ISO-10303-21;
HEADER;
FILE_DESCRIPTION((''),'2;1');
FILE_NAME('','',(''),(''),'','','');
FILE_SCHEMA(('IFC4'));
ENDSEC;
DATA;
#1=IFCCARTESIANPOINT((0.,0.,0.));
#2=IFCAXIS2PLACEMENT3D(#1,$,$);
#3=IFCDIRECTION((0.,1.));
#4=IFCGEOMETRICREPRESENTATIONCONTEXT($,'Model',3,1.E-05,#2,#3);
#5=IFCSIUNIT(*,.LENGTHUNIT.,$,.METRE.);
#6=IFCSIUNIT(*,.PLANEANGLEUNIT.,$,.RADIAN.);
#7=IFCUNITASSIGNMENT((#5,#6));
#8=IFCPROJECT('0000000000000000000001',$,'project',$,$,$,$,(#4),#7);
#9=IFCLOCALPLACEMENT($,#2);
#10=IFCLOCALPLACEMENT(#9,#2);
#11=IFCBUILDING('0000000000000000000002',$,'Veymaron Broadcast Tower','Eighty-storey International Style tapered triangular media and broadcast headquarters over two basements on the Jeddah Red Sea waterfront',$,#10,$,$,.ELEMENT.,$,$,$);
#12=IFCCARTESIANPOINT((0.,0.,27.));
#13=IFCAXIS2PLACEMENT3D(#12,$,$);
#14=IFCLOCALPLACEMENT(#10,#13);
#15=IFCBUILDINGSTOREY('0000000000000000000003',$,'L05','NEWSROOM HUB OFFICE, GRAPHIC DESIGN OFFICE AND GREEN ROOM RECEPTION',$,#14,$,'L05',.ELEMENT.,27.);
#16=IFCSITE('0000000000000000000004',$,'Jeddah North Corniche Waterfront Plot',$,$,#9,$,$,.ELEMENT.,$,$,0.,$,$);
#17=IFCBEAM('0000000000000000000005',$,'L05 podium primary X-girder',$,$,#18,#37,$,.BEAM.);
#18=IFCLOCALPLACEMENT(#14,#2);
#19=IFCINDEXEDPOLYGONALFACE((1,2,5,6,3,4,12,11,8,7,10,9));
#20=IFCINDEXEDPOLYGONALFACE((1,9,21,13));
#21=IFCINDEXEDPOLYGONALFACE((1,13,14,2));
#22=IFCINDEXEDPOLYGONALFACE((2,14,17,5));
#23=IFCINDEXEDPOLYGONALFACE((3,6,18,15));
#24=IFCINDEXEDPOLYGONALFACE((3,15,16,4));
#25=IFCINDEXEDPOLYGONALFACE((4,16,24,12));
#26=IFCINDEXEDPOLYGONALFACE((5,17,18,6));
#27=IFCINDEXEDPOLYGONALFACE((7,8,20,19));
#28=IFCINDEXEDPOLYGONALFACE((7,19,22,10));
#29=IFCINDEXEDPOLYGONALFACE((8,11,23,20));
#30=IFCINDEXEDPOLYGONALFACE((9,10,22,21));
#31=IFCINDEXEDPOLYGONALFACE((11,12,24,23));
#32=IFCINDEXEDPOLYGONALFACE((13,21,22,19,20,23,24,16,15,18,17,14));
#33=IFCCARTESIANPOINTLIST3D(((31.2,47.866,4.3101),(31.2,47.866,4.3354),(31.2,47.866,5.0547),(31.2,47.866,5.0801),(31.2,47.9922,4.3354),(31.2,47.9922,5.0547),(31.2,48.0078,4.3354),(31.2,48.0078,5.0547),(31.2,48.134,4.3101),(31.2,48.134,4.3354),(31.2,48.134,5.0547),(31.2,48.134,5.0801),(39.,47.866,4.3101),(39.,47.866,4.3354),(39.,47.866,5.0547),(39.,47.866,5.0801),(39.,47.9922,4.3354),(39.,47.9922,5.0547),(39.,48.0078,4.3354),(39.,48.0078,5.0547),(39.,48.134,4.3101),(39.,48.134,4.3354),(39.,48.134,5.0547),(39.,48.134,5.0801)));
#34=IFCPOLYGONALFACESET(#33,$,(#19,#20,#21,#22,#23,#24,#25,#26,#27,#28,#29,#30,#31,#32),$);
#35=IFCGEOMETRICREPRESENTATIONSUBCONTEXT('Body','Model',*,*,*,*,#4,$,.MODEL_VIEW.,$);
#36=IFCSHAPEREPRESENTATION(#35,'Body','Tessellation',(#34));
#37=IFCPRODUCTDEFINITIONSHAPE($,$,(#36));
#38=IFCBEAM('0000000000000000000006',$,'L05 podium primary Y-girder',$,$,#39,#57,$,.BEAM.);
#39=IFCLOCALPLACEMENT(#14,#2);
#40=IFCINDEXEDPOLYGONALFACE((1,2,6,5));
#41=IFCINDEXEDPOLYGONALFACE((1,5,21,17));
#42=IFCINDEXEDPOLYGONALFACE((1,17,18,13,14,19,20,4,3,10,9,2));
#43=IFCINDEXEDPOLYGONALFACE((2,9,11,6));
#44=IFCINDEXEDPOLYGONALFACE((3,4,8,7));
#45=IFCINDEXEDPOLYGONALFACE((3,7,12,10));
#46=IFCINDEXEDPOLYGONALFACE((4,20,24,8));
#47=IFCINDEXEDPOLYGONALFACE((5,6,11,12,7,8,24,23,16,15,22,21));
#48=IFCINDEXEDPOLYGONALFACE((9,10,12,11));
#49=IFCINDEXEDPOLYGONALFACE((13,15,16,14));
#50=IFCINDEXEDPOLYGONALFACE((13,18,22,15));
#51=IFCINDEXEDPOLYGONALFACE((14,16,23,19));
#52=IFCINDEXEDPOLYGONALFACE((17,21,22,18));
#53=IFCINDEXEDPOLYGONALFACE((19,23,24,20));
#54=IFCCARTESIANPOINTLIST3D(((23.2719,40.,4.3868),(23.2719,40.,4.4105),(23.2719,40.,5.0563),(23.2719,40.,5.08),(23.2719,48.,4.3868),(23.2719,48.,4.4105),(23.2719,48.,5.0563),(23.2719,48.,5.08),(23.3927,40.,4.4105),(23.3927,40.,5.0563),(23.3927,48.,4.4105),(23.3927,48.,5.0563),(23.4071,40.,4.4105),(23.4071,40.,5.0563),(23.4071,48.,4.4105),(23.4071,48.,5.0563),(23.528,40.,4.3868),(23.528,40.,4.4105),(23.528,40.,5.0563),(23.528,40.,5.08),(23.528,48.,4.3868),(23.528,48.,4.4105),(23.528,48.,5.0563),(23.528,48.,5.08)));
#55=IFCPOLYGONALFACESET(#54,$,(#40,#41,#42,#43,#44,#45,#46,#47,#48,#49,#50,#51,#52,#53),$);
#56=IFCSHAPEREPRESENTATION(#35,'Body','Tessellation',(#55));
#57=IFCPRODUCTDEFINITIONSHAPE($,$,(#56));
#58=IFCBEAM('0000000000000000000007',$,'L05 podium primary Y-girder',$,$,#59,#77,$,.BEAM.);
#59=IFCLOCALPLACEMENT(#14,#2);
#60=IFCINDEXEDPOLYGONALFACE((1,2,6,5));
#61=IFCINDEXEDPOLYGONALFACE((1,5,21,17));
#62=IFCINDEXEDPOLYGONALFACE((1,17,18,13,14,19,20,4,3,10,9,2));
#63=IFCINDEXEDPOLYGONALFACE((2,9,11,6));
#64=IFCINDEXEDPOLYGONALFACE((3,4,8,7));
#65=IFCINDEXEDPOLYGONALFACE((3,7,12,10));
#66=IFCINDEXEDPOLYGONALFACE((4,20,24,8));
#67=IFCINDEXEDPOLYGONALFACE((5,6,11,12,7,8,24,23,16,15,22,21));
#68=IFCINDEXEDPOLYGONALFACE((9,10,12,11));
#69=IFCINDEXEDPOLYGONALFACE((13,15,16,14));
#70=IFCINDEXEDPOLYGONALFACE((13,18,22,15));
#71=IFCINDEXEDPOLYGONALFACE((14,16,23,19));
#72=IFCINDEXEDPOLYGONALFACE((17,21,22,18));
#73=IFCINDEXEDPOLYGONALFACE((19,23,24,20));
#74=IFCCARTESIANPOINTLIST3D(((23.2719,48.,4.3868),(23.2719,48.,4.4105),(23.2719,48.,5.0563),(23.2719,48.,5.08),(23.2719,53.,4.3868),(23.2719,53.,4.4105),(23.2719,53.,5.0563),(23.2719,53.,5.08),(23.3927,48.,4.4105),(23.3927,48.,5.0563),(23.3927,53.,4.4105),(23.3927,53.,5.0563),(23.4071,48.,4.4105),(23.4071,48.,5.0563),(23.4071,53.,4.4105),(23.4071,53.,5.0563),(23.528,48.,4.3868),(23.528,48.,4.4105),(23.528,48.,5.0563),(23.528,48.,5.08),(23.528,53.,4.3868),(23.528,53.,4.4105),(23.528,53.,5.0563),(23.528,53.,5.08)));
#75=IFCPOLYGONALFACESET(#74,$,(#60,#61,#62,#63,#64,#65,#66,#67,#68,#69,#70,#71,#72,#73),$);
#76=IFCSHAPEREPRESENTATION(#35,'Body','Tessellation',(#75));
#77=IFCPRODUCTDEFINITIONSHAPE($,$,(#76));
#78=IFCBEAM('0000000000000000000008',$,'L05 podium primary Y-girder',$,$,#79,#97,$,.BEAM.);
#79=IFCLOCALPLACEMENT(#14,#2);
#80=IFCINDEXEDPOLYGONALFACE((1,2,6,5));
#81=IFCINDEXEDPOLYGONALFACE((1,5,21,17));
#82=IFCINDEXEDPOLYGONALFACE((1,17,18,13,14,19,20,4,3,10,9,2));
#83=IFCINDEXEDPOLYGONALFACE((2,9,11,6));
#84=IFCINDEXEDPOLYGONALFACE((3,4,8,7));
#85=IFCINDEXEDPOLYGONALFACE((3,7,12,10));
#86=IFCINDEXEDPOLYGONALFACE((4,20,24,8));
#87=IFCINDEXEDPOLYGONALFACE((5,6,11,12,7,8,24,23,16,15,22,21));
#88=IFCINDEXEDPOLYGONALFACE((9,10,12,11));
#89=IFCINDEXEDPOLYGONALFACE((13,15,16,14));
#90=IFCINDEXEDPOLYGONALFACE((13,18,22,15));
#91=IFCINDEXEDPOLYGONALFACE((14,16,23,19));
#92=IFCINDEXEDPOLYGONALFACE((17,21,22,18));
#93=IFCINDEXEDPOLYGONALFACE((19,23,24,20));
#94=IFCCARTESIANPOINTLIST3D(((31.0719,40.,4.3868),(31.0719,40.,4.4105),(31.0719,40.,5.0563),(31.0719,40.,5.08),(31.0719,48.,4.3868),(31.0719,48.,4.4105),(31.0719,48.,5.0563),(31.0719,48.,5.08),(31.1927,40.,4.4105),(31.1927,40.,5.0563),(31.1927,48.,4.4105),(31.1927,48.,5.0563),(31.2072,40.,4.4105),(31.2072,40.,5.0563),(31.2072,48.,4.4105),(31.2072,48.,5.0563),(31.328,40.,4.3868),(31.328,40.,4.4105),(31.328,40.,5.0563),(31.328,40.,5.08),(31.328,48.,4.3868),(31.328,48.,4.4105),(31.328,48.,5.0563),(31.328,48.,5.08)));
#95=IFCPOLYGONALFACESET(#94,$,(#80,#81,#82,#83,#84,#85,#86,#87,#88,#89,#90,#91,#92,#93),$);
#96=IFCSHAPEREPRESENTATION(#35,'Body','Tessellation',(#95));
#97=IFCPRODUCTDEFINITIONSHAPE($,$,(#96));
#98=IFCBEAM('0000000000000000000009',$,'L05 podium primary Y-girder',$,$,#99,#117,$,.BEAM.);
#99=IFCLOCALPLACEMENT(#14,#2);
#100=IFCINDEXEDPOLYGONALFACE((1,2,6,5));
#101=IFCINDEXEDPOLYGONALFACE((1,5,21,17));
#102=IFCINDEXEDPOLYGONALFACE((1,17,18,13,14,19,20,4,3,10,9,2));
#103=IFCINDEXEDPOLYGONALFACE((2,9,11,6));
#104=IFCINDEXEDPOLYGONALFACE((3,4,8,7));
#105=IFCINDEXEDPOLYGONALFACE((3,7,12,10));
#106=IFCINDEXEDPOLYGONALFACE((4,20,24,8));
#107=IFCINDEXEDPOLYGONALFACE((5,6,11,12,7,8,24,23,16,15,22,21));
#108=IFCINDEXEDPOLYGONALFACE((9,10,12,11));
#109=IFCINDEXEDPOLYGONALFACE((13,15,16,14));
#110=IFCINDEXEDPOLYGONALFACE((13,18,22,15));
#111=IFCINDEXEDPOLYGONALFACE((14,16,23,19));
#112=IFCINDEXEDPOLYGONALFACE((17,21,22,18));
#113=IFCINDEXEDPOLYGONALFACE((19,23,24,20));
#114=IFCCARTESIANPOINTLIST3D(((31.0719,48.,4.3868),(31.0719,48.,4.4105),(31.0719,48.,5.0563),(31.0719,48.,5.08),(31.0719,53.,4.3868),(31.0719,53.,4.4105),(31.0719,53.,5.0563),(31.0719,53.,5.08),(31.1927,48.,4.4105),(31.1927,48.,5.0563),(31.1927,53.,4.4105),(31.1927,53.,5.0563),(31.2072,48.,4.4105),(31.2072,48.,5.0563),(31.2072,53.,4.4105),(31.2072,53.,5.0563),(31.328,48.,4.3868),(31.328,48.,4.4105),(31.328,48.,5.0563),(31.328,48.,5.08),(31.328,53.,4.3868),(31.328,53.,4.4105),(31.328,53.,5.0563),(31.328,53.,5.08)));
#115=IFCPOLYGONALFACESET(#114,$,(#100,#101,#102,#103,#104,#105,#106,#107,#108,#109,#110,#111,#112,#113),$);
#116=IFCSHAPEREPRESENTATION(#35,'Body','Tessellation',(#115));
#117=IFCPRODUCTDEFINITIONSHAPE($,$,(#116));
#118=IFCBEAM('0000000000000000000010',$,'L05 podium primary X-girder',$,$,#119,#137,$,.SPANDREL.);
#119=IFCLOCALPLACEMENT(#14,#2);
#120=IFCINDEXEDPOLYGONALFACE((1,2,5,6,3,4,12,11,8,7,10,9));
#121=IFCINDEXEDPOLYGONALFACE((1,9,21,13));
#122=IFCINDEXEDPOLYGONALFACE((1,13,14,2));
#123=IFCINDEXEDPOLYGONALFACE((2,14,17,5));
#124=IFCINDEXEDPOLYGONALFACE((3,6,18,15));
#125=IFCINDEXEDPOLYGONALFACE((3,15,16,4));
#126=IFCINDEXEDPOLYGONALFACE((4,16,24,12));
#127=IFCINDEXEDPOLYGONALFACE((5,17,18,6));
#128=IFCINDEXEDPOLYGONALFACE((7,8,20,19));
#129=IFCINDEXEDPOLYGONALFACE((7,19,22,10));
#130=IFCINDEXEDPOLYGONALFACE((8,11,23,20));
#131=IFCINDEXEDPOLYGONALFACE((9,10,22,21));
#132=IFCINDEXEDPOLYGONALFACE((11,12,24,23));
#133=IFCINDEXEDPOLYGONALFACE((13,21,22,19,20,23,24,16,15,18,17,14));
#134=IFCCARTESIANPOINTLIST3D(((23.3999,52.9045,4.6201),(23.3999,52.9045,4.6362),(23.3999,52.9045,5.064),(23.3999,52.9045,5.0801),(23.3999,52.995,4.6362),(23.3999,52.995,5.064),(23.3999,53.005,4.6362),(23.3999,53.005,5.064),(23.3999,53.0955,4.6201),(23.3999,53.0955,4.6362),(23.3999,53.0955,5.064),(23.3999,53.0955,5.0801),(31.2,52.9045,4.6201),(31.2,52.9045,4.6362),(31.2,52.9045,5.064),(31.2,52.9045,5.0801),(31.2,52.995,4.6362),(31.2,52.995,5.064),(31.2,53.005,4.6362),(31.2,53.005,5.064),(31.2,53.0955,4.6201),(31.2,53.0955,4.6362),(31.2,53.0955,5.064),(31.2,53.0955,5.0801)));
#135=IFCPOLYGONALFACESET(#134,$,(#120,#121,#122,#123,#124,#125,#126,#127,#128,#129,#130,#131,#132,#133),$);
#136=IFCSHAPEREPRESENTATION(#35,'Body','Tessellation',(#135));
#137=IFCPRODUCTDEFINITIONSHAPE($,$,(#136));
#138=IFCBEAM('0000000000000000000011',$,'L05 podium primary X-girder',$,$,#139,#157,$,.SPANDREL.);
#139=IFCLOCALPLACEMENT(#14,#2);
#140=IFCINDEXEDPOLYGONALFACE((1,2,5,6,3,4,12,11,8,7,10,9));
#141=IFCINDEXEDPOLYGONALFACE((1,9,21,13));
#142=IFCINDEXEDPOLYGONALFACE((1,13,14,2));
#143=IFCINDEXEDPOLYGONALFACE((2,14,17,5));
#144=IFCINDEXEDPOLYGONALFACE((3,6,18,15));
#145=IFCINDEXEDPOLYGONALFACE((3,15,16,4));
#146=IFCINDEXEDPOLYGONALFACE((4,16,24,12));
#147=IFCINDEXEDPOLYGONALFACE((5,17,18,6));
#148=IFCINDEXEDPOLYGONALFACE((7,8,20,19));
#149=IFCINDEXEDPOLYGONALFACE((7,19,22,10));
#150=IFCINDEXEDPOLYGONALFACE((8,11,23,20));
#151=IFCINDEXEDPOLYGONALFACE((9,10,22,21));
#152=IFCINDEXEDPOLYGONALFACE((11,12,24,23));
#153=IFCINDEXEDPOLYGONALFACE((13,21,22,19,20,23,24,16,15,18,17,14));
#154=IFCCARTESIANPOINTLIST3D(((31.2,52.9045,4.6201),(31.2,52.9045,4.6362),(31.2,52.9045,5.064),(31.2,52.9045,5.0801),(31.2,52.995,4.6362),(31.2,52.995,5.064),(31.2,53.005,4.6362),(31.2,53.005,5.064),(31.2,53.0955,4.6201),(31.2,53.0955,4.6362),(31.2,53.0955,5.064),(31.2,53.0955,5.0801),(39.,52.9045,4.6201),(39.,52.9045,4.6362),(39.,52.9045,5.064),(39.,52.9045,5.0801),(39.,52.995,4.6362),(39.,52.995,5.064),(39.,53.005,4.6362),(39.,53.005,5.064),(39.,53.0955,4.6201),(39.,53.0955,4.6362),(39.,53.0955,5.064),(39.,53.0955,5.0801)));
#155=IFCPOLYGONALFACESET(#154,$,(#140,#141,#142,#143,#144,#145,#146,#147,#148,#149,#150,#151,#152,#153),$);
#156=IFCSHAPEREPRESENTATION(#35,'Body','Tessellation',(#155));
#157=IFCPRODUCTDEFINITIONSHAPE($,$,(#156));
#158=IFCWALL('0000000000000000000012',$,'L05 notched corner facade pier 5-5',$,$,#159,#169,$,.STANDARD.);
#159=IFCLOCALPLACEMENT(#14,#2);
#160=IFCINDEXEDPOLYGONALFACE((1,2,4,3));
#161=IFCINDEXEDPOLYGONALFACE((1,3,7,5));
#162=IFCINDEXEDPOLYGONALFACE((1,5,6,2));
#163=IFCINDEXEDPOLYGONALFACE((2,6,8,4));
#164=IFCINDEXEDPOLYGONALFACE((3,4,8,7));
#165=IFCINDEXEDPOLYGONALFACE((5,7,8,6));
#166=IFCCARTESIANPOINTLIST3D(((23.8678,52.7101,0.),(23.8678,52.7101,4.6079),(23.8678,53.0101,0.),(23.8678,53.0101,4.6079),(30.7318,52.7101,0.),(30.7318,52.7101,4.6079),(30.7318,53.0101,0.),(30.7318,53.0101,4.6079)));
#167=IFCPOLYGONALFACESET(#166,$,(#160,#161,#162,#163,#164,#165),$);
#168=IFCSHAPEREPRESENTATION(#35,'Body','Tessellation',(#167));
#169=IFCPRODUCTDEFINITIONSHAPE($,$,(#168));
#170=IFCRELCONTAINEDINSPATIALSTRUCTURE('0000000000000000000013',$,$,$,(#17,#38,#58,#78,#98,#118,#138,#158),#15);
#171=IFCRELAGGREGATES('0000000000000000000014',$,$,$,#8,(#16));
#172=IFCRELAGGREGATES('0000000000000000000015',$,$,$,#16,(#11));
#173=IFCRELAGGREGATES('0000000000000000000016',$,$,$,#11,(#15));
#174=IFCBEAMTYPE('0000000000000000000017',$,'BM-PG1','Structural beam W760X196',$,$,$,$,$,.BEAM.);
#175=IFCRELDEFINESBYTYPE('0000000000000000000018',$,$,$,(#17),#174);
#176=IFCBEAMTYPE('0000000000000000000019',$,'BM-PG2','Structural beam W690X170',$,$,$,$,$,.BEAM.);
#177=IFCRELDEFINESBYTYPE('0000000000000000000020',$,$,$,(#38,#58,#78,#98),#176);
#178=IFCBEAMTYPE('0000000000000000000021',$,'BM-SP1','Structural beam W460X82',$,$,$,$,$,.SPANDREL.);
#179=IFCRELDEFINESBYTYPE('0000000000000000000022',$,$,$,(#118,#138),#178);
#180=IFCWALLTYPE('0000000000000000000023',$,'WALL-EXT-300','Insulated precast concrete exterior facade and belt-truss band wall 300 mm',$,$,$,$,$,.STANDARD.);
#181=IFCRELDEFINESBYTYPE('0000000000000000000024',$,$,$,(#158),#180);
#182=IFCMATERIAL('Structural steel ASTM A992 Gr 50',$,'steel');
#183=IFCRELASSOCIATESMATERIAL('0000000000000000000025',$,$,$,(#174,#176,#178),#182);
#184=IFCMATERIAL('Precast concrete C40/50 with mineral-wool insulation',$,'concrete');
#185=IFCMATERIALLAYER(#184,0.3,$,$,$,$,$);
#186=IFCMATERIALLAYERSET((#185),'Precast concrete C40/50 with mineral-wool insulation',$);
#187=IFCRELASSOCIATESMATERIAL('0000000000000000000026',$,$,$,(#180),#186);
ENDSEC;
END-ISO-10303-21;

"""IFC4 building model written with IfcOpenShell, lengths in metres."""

from ifc_helpers import new_model, si_unit, direction, frame, frame_2d, origin, origin_2d, place, context, subcontext, project, spatial, rectangle, i_section, extrude, material, layer, layer_set, material_profile, profile_set, type_object, element, save


model = new_model("IFC4")

# Units and contexts
model_context = context("Model", 3, precision=1e-05, world=origin(), true_north=direction((0.0, 1.0)))
body_context = subcontext(model_context, "Body", "Model", "MODEL_VIEW")
ifc_project = project(units=[si_unit("LENGTHUNIT", "METRE"), si_unit("PLANEANGLEUNIT", "RADIAN")], contexts=[model_context])

# Site, building, storey
site_placement = place(None, origin())
site = spatial("IfcSite", under=ifc_project, at=site_placement, Name="Jeddah North Corniche Waterfront Plot", CompositionType="ELEMENT", RefElevation=0.0)
building_placement = place(site_placement, origin())
building = spatial("IfcBuilding", under=site, at=building_placement, Name="Veymaron Broadcast Tower", Description="Eighty-storey International Style tapered triangular media and broadcast headquarters over two basements on the Jeddah Red Sea waterfront", CompositionType="ELEMENT")
storey_placement = place(building_placement, frame((0.0, 0.0, 27.0)))
storey = spatial("IfcBuildingStorey", under=building, at=storey_placement, Name="L05", Description="NEWSROOM HUB OFFICE, GRAPHIC DESIGN OFFICE AND GREEN ROOM RECEPTION", LongName="L05", CompositionType="ELEMENT", Elevation=27.0)

# Beams
ifc_material_1 = material(Name="Structural steel ASTM A992 Gr 50", Category="steel")
ifc_material_profile_1 = material_profile(ifc_material_1, i_section(OverallWidth=0.2681, OverallDepth=0.77, WebThickness=0.0156, FlangeThickness=0.0254, at=origin_2d()), Name="W760X196")
ifc_profile_set_1 = profile_set([ifc_material_profile_1], Name="Structural steel ASTM A992 Gr 50")
beam_type_1 = type_object("IfcBeamType", Name="BM-PG1", Description="Structural beam W760X196", PredefinedType="BEAM", material=ifc_profile_set_1)
for number, where, z_axis, x_axis, name in (
    (1, (31.2, 48.0, 4.6951), (1.0, 0.0, 0.0), (0.0, 1.0, 0.0), "L05 podium primary X-girder"),
):
    element("IfcBeam", number, at=place(storey_placement, frame(where, z_axis=z_axis, x_axis=x_axis)), inside=storey, type_object=beam_type_1, Name=name, PredefinedType="BEAM", context=body_context, shape_type="SweptSolid", body=[
        extrude(i_section(OverallWidth=0.2681, OverallDepth=0.77, WebThickness=0.0156, FlangeThickness=0.0254, at=origin_2d()), origin(), (0.0, 0.0, 1.0), 7.8),
    ])
ifc_material_profile_2 = material_profile(ifc_material_1, i_section(OverallWidth=0.2561, OverallDepth=0.6931, WebThickness=0.0144, FlangeThickness=0.0237, at=origin_2d()), Name="W690X170")
ifc_profile_set_2 = profile_set([ifc_material_profile_2], Name="Structural steel ASTM A992 Gr 50")
beam_type_2 = type_object("IfcBeamType", Name="BM-PG2", Description="Structural beam W690X170", PredefinedType="BEAM", material=ifc_profile_set_2)
beam_1_placement = place(storey_placement, frame((23.3999, 40.0, 4.7334), z_axis=(0.0, 1.0, 0.0), x_axis=(-1.0, 0.0, 0.0)))
element("IfcBeam", 2, at=beam_1_placement, inside=storey, type_object=beam_type_2, Name="L05 podium primary Y-girder", PredefinedType="BEAM", context=body_context, shape_type="SweptSolid", body=[
    extrude(i_section(OverallWidth=0.2561, OverallDepth=0.6931, WebThickness=0.0144, FlangeThickness=0.0237, at=origin_2d()), origin(), (0.0, 0.0, 1.0), 8.0),
])
beam_2_placement = place(storey_placement, frame((23.3999, 48.0, 4.7334), z_axis=(0.0, 1.0, 0.0), x_axis=(-1.0, 0.0, 0.0)))
element("IfcBeam", 3, at=beam_2_placement, inside=storey, type_object=beam_type_2, Name="L05 podium primary Y-girder", PredefinedType="BEAM", context=body_context, shape_type="SweptSolid", body=[
    extrude(i_section(OverallWidth=0.2561, OverallDepth=0.6931, WebThickness=0.0144, FlangeThickness=0.0237, at=origin_2d()), origin(), (0.0, 0.0, 1.0), 5.0),
])
beam_3_placement = place(storey_placement, frame((31.2, 40.0, 4.7334), z_axis=(0.0, 1.0, 0.0), x_axis=(-1.0, 0.0, 0.0)))
element("IfcBeam", 4, at=beam_3_placement, inside=storey, type_object=beam_type_2, Name="L05 podium primary Y-girder", PredefinedType="BEAM", context=body_context, shape_type="SweptSolid", body=[
    extrude(i_section(OverallWidth=0.2561, OverallDepth=0.6931, WebThickness=0.0144, FlangeThickness=0.0237, at=origin_2d()), origin(), (0.0, 0.0, 1.0), 8.0),
])
beam_4_placement = place(storey_placement, frame((31.2, 48.0, 4.7334), z_axis=(0.0, 1.0, 0.0), x_axis=(-1.0, 0.0, 0.0)))
element("IfcBeam", 5, at=beam_4_placement, inside=storey, type_object=beam_type_2, Name="L05 podium primary Y-girder", PredefinedType="BEAM", context=body_context, shape_type="SweptSolid", body=[
    extrude(i_section(OverallWidth=0.2561, OverallDepth=0.6931, WebThickness=0.0144, FlangeThickness=0.0237, at=origin_2d()), origin(), (0.0, 0.0, 1.0), 5.0),
])
ifc_material_profile_3 = material_profile(ifc_material_1, i_section(OverallWidth=0.1909, OverallDepth=0.46, WebThickness=0.01, FlangeThickness=0.0161, at=origin_2d()), Name="W460X82")
ifc_profile_set_3 = profile_set([ifc_material_profile_3], Name="Structural steel ASTM A992 Gr 50")
beam_type_3 = type_object("IfcBeamType", Name="BM-SP1", Description="Structural beam W460X82", PredefinedType="SPANDREL", material=ifc_profile_set_3)
for number, where, z_axis, x_axis, name in (
    (6, (23.3999, 53.0, 4.8501), (1.0, 0.0, 0.0), (0.0, 1.0, 0.0), "L05 podium primary X-girder"),
    (7, (31.2, 53.0, 4.8501), (1.0, 0.0, 0.0), (0.0, 1.0, 0.0), "L05 podium primary X-girder"),
):
    element("IfcBeam", number, at=place(storey_placement, frame(where, z_axis=z_axis, x_axis=x_axis)), inside=storey, type_object=beam_type_3, Name=name, PredefinedType="SPANDREL", context=body_context, shape_type="SweptSolid", body=[
        extrude(i_section(OverallWidth=0.1909, OverallDepth=0.46, WebThickness=0.01, FlangeThickness=0.0161, at=origin_2d()), origin(), (0.0, 0.0, 1.0), 7.8),
    ])

# Wall
ifc_material_2 = material(Name="Precast concrete C40/50 with mineral-wool insulation", Category="concrete")
ifc_layer_1 = layer(ifc_material_2, 0.3)
ifc_layer_set_1 = layer_set([ifc_layer_1], Name="Precast concrete C40/50 with mineral-wool insulation")
wall_type_1 = type_object("IfcWallType", Name="WALL-EXT-300", Description="Insulated precast concrete exterior facade and belt-truss band wall 300 mm", PredefinedType="STANDARD", material=ifc_layer_set_1)
wall_1_placement = place(storey_placement, frame((30.7319, 52.8601, 0.0), z_axis=(0.0, 0.0, 1.0), x_axis=(-1.0, 0.0, 0.0)))
element("IfcWall", 8, at=wall_1_placement, inside=storey, type_object=wall_type_1, Name="L05 notched corner facade pier 5-5", PredefinedType="STANDARD", context=body_context, shape_type="SweptSolid", body=[
    extrude(rectangle(XDim=6.864, YDim=0.3, at=frame_2d((3.4321, 0.0))), origin(), (0.0, 0.0, 1.0), 4.6079),
])

save(model, "model.ifc")
